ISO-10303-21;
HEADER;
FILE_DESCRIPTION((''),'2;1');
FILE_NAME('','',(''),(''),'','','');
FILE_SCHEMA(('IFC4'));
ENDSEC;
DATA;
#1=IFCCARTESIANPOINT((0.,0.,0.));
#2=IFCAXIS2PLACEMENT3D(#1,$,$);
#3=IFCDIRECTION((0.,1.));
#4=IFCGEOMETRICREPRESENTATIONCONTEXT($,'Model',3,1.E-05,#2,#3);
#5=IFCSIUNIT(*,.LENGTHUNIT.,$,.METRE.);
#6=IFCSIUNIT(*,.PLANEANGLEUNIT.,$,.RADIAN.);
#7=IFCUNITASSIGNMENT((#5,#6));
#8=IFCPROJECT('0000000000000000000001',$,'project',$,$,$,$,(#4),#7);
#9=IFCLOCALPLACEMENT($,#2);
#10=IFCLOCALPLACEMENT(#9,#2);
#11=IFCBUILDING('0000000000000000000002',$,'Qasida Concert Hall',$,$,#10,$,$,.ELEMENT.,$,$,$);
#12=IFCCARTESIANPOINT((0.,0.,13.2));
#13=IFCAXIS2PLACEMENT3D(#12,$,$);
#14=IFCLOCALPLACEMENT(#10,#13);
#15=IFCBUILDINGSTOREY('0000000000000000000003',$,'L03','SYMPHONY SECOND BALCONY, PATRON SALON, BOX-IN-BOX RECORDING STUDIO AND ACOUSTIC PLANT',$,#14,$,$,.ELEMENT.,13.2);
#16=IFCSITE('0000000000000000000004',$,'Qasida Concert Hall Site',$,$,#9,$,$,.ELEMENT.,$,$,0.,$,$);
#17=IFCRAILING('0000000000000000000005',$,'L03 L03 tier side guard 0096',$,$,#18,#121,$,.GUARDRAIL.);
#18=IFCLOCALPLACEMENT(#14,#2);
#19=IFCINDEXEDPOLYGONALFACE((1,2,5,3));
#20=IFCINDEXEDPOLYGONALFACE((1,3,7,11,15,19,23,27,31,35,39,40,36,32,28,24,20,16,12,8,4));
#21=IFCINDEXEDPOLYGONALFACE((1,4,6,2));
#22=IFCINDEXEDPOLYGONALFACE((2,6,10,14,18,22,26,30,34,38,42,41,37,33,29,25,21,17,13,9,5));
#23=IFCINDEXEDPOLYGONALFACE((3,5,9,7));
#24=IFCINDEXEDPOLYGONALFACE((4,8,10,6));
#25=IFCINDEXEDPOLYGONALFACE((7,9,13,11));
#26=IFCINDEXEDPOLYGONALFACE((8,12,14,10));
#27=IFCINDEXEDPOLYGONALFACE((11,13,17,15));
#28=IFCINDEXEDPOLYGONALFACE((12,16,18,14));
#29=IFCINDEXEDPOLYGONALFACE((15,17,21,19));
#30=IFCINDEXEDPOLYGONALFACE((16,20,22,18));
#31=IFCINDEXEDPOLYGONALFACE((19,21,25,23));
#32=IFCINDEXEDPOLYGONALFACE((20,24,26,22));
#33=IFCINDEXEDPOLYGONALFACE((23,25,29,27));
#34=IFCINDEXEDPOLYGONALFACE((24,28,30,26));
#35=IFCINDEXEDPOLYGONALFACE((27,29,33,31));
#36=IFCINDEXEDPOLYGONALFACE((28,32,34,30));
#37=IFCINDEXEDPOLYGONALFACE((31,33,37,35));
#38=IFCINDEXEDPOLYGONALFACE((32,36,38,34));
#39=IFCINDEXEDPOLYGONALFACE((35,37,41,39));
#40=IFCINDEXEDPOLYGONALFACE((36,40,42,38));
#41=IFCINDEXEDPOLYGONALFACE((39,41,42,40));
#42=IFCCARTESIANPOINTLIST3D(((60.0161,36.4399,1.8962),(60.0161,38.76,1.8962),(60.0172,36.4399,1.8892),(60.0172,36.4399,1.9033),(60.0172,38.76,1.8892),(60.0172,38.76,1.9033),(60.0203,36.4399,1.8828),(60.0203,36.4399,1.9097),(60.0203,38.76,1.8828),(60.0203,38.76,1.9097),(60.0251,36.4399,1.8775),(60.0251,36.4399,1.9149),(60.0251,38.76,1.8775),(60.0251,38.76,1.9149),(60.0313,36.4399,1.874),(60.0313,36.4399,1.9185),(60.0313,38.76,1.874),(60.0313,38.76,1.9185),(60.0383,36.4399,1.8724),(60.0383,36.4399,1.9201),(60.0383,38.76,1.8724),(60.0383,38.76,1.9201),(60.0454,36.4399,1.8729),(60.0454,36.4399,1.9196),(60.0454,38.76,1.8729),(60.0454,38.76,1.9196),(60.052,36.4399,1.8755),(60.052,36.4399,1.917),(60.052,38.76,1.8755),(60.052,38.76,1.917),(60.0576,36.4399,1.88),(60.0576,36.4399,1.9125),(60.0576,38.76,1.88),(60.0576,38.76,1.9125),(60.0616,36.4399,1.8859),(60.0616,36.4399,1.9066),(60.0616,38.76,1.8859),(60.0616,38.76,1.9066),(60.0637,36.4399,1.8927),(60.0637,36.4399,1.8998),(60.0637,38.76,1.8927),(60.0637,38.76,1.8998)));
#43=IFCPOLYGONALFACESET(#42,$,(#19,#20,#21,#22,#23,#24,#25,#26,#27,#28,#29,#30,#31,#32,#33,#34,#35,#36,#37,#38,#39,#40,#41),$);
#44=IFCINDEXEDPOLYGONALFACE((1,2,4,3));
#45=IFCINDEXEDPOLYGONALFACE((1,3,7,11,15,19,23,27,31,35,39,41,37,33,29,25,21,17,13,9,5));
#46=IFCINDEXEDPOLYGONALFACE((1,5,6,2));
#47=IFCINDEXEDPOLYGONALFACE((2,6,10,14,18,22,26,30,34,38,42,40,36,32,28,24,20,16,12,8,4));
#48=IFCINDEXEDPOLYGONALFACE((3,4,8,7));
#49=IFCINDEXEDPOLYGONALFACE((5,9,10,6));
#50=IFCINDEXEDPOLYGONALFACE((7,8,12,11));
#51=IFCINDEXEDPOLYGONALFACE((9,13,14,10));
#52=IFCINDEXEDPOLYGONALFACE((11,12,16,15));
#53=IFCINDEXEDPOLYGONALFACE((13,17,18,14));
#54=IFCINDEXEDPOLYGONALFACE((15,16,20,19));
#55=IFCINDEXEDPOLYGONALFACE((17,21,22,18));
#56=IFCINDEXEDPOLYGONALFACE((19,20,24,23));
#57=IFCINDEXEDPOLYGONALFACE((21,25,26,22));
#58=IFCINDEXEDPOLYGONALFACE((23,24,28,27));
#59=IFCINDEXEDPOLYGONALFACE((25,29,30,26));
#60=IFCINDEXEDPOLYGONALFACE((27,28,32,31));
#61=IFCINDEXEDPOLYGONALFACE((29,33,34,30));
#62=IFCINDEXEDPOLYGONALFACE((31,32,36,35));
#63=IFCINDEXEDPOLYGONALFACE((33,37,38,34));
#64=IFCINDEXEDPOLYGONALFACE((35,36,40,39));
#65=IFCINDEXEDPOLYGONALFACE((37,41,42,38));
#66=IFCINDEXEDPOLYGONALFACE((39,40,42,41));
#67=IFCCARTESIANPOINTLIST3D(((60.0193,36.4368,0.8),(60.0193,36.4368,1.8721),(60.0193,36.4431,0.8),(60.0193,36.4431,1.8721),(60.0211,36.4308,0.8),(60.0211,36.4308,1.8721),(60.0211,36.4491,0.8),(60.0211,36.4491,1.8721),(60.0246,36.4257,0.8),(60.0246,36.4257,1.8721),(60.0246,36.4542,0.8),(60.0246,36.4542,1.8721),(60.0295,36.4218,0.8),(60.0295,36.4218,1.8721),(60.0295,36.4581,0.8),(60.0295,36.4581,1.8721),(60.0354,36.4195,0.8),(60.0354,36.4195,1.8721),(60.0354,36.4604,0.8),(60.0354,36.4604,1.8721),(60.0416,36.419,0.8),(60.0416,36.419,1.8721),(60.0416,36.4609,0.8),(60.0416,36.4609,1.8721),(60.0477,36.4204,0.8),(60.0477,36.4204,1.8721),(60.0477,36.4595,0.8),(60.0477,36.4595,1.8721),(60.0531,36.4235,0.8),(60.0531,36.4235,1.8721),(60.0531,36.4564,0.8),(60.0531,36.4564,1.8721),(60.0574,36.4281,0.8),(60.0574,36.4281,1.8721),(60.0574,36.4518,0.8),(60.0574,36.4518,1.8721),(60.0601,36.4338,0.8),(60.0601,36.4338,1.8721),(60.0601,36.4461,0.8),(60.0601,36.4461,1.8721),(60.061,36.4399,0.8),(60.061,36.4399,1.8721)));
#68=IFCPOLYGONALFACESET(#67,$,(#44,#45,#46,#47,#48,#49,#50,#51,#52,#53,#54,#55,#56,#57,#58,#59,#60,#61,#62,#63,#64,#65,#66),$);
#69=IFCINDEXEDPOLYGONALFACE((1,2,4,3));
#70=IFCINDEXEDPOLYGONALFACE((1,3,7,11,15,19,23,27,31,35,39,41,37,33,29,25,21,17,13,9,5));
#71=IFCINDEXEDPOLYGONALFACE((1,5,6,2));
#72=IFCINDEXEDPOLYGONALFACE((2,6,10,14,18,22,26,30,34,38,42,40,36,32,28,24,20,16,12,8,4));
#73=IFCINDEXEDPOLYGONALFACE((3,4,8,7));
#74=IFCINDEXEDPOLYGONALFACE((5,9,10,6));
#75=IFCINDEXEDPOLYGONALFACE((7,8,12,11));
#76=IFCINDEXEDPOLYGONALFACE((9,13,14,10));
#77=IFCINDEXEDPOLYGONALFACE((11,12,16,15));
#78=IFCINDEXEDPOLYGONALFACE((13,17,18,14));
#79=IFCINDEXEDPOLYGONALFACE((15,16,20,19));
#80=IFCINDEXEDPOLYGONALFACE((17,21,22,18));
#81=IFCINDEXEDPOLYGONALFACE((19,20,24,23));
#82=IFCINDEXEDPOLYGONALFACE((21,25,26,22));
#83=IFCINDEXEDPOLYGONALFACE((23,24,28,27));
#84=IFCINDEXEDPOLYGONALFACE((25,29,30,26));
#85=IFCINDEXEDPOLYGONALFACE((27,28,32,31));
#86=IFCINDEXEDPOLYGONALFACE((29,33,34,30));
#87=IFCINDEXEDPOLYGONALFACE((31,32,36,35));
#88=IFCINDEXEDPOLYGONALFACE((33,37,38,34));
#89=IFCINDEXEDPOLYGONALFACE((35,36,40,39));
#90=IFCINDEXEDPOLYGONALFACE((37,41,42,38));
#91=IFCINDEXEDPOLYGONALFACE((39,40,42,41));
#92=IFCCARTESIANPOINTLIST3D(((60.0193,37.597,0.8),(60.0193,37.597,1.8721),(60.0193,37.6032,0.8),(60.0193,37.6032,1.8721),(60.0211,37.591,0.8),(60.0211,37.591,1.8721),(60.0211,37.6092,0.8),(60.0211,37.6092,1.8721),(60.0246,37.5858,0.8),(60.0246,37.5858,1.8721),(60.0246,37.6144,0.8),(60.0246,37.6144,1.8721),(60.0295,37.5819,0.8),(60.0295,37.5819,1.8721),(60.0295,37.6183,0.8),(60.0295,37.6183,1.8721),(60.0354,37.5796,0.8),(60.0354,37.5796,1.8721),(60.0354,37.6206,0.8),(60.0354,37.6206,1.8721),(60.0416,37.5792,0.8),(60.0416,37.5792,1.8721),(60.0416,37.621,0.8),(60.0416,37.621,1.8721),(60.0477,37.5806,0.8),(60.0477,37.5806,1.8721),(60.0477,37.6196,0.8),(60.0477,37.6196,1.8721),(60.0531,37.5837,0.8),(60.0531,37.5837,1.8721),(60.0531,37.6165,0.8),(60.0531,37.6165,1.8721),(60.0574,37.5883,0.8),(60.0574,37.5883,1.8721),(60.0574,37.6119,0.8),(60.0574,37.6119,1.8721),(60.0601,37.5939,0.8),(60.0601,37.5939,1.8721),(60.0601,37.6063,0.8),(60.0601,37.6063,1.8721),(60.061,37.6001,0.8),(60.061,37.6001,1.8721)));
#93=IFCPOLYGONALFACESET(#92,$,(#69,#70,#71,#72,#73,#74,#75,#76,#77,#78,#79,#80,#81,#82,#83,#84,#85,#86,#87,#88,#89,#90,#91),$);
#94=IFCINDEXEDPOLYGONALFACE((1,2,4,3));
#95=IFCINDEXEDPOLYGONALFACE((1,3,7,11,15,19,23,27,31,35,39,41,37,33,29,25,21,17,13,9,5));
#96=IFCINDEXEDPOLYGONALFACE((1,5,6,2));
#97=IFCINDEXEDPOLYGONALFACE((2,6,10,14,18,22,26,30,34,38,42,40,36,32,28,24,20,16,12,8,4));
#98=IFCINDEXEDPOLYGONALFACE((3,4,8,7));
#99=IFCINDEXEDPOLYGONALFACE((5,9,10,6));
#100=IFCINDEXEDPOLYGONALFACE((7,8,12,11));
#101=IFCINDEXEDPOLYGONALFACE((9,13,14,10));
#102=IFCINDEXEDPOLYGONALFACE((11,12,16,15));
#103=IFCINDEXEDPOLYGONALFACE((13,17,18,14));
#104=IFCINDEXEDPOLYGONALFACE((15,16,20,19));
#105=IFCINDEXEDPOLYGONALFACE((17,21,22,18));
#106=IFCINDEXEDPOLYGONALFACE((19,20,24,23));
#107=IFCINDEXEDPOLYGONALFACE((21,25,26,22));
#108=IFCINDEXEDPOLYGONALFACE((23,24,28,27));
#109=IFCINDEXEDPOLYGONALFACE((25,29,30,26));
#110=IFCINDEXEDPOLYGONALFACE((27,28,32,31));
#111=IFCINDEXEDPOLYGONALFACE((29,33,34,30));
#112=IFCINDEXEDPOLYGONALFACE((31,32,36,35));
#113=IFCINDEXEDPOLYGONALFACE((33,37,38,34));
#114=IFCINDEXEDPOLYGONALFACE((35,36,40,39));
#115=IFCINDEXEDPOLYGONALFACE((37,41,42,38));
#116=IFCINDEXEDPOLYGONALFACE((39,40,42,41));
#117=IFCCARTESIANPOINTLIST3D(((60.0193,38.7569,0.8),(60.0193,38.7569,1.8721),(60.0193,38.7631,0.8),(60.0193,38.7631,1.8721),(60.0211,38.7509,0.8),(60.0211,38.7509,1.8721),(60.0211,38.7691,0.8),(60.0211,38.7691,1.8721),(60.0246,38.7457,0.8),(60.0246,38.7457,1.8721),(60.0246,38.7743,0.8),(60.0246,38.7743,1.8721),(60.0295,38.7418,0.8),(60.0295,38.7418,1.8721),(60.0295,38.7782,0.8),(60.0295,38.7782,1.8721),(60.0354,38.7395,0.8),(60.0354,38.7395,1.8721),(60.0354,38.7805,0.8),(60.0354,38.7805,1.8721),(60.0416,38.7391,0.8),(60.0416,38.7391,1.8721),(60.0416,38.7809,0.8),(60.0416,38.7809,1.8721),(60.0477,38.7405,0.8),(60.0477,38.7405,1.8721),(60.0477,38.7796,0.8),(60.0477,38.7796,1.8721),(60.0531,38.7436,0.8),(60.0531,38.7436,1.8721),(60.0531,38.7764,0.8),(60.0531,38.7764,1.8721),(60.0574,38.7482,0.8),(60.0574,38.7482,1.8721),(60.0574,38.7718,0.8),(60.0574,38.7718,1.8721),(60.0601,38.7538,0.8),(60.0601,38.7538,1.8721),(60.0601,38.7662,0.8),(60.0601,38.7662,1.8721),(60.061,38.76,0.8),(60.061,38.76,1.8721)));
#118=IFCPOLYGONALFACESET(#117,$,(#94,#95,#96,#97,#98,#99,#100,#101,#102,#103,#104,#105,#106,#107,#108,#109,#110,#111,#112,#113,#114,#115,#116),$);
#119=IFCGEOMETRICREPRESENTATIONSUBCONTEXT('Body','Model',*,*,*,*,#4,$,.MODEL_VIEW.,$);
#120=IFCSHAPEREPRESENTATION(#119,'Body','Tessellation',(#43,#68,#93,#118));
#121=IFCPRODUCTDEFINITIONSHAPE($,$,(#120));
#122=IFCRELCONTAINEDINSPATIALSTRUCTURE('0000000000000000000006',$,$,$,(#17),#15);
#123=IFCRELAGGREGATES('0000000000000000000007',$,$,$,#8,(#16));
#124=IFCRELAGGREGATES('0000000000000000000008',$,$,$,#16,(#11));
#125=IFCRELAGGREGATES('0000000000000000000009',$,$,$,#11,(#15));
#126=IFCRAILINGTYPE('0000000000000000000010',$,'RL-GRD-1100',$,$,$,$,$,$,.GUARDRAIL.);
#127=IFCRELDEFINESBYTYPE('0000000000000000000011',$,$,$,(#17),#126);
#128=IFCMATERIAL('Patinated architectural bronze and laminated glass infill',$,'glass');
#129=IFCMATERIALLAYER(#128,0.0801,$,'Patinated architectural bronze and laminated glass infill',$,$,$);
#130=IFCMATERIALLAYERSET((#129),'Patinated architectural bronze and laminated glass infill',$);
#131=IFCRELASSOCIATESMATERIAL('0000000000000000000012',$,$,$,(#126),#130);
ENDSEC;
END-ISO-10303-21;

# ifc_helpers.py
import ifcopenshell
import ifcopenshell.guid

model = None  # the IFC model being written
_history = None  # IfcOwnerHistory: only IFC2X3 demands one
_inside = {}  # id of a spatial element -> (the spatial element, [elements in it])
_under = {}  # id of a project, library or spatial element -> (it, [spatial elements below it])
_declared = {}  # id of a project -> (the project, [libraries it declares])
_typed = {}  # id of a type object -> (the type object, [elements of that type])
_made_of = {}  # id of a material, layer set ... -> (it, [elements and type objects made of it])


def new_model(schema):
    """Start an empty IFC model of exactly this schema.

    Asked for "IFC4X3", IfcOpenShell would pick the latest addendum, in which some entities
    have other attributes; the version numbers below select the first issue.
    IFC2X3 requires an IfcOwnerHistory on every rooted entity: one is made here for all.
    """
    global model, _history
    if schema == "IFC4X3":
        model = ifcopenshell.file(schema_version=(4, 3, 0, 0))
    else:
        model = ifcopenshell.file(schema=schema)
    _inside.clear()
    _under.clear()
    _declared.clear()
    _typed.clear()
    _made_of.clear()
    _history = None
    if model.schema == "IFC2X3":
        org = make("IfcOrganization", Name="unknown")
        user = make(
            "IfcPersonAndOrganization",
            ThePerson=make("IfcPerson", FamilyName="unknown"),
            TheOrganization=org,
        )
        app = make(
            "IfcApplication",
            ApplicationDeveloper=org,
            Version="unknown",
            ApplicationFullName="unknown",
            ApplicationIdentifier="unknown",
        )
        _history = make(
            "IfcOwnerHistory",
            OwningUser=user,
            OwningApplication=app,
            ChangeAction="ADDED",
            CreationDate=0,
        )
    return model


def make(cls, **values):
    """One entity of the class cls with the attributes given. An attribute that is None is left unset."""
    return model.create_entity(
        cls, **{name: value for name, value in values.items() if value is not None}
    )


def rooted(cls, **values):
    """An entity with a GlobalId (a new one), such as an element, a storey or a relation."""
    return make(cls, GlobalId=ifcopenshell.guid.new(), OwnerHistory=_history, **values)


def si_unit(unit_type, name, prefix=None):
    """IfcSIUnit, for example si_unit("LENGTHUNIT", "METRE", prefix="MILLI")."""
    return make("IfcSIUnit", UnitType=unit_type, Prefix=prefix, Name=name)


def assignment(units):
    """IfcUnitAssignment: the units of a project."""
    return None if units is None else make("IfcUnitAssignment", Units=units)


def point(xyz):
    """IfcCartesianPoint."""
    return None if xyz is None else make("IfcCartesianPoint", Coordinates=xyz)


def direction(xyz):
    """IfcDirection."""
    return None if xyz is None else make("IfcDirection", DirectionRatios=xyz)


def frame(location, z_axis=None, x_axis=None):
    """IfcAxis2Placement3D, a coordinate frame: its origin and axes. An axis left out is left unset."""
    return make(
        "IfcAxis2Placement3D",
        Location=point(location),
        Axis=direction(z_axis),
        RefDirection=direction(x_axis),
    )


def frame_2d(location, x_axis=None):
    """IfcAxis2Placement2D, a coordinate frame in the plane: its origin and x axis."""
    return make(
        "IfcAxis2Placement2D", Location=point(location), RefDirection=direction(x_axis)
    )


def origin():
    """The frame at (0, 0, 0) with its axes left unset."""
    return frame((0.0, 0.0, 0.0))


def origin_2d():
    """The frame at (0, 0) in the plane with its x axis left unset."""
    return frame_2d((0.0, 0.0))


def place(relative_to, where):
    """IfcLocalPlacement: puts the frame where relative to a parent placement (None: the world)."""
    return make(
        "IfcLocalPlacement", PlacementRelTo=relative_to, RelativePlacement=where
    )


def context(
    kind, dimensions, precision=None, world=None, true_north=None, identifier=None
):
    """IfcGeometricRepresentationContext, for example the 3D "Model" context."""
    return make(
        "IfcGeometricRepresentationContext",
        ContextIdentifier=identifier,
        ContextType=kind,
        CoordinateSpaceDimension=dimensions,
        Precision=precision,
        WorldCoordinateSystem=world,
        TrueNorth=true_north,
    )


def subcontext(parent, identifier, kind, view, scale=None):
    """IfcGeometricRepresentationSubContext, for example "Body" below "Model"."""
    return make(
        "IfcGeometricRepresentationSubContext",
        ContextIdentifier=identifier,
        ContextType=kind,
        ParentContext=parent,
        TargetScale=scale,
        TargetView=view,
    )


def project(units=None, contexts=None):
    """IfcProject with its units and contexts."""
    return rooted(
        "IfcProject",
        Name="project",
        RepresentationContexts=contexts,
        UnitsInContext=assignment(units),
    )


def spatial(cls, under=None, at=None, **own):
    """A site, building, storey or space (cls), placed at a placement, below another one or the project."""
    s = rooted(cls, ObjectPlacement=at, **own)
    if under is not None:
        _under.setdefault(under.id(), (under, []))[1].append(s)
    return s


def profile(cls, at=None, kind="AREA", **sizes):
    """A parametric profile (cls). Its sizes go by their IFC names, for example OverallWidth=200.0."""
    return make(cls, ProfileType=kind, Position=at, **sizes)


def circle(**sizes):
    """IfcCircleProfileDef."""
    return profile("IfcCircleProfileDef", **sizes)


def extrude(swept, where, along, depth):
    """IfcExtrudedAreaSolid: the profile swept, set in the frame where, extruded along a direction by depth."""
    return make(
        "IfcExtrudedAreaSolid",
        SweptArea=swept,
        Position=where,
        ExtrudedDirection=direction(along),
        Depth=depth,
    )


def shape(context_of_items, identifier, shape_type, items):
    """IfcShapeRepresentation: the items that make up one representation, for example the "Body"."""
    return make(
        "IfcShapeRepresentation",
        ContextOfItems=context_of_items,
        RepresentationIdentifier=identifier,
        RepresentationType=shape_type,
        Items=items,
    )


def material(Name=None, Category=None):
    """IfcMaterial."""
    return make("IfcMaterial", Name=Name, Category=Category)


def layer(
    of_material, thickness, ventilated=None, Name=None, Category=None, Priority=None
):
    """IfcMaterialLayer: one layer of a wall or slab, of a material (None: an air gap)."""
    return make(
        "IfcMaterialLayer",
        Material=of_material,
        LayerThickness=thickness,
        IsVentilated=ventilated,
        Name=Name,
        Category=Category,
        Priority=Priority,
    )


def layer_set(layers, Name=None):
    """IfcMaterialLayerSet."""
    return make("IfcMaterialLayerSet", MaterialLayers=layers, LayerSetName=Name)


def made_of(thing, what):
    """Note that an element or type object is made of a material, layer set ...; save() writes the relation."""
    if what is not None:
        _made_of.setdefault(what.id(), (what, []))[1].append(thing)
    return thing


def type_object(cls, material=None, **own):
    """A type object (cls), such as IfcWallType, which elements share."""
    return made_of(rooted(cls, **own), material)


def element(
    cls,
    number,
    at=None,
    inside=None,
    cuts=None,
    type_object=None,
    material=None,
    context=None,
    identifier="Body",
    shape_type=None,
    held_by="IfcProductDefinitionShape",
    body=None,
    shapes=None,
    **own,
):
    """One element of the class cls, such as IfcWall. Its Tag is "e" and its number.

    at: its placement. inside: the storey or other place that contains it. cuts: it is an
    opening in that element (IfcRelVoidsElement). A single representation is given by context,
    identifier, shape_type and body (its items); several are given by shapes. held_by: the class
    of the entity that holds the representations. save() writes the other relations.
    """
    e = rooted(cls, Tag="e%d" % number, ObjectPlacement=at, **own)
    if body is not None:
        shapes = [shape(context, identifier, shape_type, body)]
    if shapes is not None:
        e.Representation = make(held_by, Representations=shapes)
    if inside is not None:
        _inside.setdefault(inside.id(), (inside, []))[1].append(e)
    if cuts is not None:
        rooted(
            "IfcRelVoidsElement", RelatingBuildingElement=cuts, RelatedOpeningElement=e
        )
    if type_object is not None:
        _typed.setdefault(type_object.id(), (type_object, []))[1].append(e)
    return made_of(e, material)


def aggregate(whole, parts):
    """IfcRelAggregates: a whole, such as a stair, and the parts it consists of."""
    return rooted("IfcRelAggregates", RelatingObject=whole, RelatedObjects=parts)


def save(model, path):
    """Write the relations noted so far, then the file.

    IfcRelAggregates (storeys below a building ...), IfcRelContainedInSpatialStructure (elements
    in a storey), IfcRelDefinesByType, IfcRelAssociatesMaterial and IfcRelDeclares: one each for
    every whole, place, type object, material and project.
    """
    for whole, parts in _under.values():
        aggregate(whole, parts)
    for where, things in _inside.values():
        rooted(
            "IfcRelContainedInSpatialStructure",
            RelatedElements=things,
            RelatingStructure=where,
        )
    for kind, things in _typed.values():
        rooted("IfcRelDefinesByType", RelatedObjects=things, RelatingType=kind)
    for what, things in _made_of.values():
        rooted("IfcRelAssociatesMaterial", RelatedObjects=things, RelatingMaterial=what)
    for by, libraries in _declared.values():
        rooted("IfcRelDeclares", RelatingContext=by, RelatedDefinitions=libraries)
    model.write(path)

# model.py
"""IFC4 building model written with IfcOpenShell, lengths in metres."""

from ifc_helpers import new_model, si_unit, direction, frame, origin, origin_2d, place, context, subcontext, project, spatial, circle, extrude, material, layer, layer_set, type_object, element, save


model = new_model("IFC4")

# Units and contexts
model_context = context("Model", 3, precision=1e-05, world=origin(), true_north=direction((0.0, 1.0)))
body_context = subcontext(model_context, "Body", "Model", "MODEL_VIEW")
ifc_project = project(units=[si_unit("LENGTHUNIT", "METRE"), si_unit("PLANEANGLEUNIT", "RADIAN")], contexts=[model_context])

# Site, building, storey
site_placement = place(None, origin())
site = spatial("IfcSite", under=ifc_project, at=site_placement, Name="Qasida Concert Hall Site", CompositionType="ELEMENT", RefElevation=0.0)
building_placement = place(site_placement, origin())
building = spatial("IfcBuilding", under=site, at=building_placement, Name="Qasida Concert Hall", CompositionType="ELEMENT")
storey_placement = place(building_placement, frame((0.0, 0.0, 13.2)))
storey = spatial("IfcBuildingStorey", under=building, at=storey_placement, Name="L03", Description="SYMPHONY SECOND BALCONY, PATRON SALON, BOX-IN-BOX RECORDING STUDIO AND ACOUSTIC PLANT", CompositionType="ELEMENT", Elevation=13.2)

# Railing
ifc_material_1 = material(Name="Patinated architectural bronze and laminated glass infill", Category="glass")
ifc_layer_1 = layer(ifc_material_1, 0.0801, Name="Patinated architectural bronze and laminated glass infill")
ifc_layer_set_1 = layer_set([ifc_layer_1], Name="Patinated architectural bronze and laminated glass infill")
railing_type_1 = type_object("IfcRailingType", Name="RL-GRD-1100", PredefinedType="GUARDRAIL", material=ifc_layer_set_1)
for number, where, name in (
    (1, (60.04, 36.4399, 0.8), "L03 L03 tier side guard 0096"),
):
    element("IfcRailing", number, at=place(storey_placement, frame(where)), inside=storey, type_object=railing_type_1, Name=name, PredefinedType="GUARDRAIL", context=body_context, shape_type="SweptSolid", body=[
        extrude(circle(Radius=0.0239, at=origin_2d()), frame((0.0, 0.0, 1.0962), z_axis=(0.0, 1.0, 0.0), x_axis=(-1.0, 0.0, 0.0)), (0.0, 0.0, 1.0), 2.3201),
        extrude(circle(Radius=0.021, at=origin_2d()), origin(), (0.0, 0.0, 1.0), 1.072),
        extrude(circle(Radius=0.021, at=origin_2d()), frame((0.0, 1.1602, 0.0)), (0.0, 0.0, 1.0), 1.072),
        extrude(circle(Radius=0.021, at=origin_2d()), frame((0.0, 2.3201, 0.0)), (0.0, 0.0, 1.0), 1.072),
    ])

save(model, "model.ifc")
